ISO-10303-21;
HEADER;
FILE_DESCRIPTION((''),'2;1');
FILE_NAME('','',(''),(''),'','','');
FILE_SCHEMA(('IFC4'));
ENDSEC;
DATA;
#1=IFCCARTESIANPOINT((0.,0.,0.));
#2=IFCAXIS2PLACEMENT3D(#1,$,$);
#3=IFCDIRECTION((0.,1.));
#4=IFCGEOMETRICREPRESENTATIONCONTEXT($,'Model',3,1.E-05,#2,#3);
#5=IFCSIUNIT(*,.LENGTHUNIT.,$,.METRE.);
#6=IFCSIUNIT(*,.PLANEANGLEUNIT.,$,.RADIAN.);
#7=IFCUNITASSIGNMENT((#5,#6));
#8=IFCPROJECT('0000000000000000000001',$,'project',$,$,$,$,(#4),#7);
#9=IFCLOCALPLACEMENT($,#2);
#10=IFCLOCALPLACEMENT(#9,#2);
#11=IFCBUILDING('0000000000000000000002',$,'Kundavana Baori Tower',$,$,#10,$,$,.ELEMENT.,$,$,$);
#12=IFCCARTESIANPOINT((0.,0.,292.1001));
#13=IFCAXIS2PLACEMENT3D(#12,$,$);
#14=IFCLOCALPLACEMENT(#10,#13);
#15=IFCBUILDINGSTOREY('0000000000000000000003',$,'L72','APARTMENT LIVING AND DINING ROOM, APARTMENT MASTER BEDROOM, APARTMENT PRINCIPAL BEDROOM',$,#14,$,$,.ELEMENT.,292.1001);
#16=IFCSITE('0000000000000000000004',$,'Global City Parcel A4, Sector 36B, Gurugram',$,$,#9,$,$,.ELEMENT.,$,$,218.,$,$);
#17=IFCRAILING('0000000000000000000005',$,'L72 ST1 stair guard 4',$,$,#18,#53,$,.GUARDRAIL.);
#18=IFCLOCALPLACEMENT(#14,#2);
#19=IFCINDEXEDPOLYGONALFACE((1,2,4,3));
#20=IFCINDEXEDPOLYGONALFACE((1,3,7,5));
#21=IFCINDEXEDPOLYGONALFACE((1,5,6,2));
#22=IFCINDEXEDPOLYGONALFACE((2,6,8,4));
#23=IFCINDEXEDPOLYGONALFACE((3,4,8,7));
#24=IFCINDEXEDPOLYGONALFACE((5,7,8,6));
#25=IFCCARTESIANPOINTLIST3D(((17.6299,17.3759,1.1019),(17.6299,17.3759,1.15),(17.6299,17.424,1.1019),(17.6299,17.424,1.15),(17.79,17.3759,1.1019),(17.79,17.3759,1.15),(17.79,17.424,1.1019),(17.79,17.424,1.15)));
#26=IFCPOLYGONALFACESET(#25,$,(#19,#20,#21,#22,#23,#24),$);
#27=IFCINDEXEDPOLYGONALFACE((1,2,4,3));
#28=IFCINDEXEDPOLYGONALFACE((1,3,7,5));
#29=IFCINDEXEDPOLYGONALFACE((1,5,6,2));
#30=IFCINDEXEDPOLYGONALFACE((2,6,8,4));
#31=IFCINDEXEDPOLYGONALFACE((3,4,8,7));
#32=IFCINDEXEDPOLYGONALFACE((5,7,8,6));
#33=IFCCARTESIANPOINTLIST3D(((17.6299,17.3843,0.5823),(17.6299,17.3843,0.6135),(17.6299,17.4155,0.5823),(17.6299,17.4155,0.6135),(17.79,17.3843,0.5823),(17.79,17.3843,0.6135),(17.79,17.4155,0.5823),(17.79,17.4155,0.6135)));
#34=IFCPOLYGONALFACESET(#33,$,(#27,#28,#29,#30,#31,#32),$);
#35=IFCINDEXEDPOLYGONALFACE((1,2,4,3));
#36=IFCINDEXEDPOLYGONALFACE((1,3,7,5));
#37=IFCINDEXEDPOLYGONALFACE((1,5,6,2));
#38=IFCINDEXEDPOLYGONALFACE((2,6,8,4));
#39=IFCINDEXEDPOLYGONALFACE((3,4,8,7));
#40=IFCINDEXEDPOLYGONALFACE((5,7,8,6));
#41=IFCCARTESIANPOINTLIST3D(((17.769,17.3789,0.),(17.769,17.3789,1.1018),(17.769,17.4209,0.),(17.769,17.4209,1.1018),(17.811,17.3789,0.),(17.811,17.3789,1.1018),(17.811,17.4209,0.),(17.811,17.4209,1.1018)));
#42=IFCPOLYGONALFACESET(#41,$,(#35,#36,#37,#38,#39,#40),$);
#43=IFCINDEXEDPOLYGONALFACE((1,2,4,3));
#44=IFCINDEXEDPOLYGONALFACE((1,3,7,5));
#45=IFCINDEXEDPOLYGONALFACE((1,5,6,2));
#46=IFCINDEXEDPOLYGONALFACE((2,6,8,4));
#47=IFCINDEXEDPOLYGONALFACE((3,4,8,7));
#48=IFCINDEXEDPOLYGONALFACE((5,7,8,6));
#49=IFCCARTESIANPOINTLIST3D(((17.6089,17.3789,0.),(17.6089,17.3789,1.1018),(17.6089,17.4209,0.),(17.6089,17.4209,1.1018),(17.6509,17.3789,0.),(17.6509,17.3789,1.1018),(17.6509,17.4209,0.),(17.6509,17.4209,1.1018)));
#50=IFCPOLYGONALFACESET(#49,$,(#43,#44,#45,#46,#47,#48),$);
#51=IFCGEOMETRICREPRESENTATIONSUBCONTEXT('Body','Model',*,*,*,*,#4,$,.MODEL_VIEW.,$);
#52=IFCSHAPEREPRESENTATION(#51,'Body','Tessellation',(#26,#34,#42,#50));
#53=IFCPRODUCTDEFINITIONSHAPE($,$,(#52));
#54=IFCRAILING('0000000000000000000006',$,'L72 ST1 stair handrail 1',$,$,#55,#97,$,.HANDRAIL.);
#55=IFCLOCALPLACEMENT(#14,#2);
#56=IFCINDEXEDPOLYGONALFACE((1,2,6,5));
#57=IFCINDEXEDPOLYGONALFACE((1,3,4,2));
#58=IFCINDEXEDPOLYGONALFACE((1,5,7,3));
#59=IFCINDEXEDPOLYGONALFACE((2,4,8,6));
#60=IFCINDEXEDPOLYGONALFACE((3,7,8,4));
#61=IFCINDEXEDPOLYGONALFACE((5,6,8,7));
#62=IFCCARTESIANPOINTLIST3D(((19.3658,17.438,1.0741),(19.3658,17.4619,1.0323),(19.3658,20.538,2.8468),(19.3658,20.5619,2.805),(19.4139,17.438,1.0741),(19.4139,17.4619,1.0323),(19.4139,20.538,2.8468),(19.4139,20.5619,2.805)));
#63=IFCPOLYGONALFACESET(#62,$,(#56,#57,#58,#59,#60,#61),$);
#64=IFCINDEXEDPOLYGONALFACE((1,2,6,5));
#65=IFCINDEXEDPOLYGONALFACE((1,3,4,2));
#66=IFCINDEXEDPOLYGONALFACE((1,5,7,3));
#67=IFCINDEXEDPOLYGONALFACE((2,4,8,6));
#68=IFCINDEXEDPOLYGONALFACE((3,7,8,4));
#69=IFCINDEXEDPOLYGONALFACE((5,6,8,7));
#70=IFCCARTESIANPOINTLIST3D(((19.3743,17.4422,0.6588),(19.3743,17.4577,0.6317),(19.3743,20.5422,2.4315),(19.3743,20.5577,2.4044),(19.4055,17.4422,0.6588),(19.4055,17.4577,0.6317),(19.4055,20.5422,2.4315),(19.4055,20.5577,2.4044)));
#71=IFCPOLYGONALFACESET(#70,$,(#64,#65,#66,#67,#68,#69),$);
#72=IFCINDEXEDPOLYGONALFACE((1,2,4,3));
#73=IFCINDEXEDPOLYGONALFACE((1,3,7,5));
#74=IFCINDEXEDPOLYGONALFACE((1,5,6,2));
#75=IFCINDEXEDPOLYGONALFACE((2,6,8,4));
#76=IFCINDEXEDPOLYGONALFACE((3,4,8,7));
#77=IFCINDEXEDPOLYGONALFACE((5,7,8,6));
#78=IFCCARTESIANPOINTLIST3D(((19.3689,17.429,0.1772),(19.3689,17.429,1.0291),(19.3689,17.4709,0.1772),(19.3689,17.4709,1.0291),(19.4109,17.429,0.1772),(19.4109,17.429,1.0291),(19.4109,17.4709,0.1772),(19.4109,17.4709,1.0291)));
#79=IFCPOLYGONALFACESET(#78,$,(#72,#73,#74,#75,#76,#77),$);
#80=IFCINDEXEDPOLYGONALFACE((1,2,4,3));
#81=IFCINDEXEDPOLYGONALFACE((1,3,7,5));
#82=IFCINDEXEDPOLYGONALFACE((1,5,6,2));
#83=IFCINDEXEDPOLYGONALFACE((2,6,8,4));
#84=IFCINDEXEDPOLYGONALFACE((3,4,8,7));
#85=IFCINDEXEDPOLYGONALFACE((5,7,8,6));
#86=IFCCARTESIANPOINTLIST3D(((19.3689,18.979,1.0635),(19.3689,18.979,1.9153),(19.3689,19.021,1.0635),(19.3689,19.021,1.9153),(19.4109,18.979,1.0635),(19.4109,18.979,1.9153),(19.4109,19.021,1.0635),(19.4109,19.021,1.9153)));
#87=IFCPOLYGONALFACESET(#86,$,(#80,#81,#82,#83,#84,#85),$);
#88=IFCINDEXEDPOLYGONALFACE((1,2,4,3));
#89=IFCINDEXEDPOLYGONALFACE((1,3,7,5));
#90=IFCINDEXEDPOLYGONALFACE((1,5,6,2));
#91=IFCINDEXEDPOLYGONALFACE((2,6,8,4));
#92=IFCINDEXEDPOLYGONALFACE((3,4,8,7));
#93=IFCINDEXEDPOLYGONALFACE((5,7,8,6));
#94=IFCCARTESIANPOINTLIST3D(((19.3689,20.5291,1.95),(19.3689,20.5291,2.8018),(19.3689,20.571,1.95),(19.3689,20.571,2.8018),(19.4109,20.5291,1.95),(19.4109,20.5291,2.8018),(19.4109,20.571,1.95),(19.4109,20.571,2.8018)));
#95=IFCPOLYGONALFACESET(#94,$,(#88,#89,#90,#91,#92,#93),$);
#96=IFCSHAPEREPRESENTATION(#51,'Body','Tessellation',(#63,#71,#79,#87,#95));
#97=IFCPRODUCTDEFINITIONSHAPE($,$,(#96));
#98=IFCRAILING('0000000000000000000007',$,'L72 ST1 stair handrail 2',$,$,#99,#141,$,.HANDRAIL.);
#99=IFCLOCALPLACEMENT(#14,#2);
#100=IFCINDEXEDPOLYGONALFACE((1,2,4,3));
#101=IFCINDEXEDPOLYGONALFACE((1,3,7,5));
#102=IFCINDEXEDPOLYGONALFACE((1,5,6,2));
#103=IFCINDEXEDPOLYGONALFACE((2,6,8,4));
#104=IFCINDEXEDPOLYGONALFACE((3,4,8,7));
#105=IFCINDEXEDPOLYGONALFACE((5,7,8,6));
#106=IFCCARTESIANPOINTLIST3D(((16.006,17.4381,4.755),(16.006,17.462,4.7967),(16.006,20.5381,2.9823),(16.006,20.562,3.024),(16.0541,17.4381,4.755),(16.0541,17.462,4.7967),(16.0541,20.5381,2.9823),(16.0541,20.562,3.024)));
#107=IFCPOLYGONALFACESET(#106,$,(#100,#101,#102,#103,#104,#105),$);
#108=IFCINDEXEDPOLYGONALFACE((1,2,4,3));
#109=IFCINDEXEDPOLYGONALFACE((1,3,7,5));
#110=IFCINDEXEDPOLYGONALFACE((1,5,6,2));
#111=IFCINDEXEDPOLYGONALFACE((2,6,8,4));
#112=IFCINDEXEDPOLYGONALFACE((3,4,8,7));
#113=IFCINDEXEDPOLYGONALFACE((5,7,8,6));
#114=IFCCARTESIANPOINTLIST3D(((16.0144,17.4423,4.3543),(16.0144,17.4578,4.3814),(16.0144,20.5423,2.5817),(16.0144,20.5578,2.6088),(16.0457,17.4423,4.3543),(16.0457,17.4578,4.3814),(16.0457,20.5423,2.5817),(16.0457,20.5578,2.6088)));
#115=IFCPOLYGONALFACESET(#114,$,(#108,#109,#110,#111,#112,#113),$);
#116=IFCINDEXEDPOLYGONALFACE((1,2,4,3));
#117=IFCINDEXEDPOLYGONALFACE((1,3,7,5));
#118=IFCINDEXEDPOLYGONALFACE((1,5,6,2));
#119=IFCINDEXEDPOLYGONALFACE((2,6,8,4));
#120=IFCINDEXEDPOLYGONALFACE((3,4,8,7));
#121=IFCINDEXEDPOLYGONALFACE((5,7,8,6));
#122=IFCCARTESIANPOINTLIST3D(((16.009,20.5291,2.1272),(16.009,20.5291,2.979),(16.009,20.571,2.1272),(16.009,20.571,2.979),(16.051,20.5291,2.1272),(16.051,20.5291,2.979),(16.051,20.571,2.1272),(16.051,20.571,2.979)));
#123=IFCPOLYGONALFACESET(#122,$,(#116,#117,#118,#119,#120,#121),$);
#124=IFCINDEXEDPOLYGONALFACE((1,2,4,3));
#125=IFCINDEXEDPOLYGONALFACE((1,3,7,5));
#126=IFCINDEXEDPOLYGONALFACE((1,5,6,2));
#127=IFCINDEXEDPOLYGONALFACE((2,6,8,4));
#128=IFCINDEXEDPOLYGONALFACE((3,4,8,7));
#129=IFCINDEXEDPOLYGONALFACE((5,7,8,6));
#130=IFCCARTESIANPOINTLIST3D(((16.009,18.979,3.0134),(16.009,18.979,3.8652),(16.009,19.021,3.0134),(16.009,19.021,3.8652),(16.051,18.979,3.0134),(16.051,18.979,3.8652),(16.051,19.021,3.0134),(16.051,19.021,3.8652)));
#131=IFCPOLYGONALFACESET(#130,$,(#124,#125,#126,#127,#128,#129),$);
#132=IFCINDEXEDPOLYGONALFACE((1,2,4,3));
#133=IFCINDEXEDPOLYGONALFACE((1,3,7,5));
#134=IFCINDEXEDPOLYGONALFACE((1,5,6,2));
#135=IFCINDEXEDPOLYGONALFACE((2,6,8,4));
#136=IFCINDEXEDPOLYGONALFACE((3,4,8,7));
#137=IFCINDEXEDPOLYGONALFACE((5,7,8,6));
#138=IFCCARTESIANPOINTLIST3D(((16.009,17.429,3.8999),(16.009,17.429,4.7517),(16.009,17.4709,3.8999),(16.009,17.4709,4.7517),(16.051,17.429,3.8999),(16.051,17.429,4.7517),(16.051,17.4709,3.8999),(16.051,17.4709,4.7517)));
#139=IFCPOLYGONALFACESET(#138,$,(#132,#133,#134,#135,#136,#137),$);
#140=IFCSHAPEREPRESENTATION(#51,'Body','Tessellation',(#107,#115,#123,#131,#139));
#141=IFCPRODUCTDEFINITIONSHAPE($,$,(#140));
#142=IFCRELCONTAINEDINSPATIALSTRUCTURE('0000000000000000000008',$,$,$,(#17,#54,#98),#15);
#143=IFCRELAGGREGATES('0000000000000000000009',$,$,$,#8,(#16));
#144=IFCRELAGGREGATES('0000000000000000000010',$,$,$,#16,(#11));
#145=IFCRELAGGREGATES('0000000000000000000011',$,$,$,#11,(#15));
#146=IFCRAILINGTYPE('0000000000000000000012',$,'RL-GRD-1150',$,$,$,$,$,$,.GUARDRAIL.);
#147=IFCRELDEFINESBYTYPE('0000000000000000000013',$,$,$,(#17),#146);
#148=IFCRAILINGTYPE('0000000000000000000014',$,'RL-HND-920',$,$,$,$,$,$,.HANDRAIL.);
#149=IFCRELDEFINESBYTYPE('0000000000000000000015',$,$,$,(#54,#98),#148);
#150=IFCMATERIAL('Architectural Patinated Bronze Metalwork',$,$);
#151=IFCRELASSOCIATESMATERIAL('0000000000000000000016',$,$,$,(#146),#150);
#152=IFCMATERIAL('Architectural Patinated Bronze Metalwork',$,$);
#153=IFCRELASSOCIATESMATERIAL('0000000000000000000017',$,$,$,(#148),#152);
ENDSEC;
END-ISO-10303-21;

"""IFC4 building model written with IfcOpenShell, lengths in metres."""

from ifc_helpers import new_model, si_unit, direction, frame, origin, origin_2d, place, context, subcontext, project, spatial, rectangle, extrude, material, type_object, element, save


model = new_model("IFC4")

# Units and contexts
model_context = context("Model", 3, precision=1e-05, world=origin(), true_north=direction((0.0, 1.0)))
body_context = subcontext(model_context, "Body", "Model", "MODEL_VIEW")
ifc_project = project(units=[si_unit("LENGTHUNIT", "METRE"), si_unit("PLANEANGLEUNIT", "RADIAN")], contexts=[model_context])

# Site, building, storey
site_placement = place(None, origin())
site = spatial("IfcSite", under=ifc_project, at=site_placement, Name="Global City Parcel A4, Sector 36B, Gurugram", CompositionType="ELEMENT", RefElevation=218.0)
building_placement = place(site_placement, origin())
building = spatial("IfcBuilding", under=site, at=building_placement, Name="Kundavana Baori Tower", CompositionType="ELEMENT")
storey_placement = place(building_placement, frame((0.0, 0.0, 292.1001)))
storey = spatial("IfcBuildingStorey", under=building, at=storey_placement, Name="L72", Description="APARTMENT LIVING AND DINING ROOM, APARTMENT MASTER BEDROOM, APARTMENT PRINCIPAL BEDROOM", CompositionType="ELEMENT", Elevation=292.1001)

# Railings
ifc_material_1 = material(Name="Architectural Patinated Bronze Metalwork")
railing_type_1 = type_object("IfcRailingType", Name="RL-GRD-1150", PredefinedType="GUARDRAIL", material=ifc_material_1)
railing_1_placement = place(storey_placement, frame((17.79, 17.3999, 0.0)))
element("IfcRailing", 1, at=railing_1_placement, inside=storey, type_object=railing_type_1, Name="L72 ST1 stair guard 4", PredefinedType="GUARDRAIL", context=body_context, shape_type="SweptSolid", body=[
    extrude(rectangle(XDim=0.0481, YDim=0.0481, at=origin_2d()), frame((0.0, 0.0, 1.126), z_axis=(-1.0, 0.0, 0.0), x_axis=(0.0, -1.0, 0.0)), (0.0, 0.0, 1.0), 0.1602),
    extrude(rectangle(XDim=0.0312, YDim=0.0312, at=origin_2d()), frame((0.0, 0.0, 0.5979), z_axis=(-1.0, 0.0, 0.0), x_axis=(0.0, -1.0, 0.0)), (0.0, 0.0, 1.0), 0.1602),
    extrude(rectangle(XDim=0.042, YDim=0.042, at=origin_2d()), origin(), (0.0, 0.0, 1.0), 1.1018),
    extrude(rectangle(XDim=0.042, YDim=0.042, at=origin_2d()), frame((-0.1602, 0.0, 0.0)), (0.0, 0.0, 1.0), 1.1018),
])
ifc_material_2 = material(Name="Architectural Patinated Bronze Metalwork")
railing_type_2 = type_object("IfcRailingType", Name="RL-HND-920", PredefinedType="HANDRAIL", material=ifc_material_2)
railing_2_placement = place(storey_placement, frame((19.3899, 17.45, 0.1772)))
element("IfcRailing", 2, at=railing_2_placement, inside=storey, type_object=railing_type_2, Name="L72 ST1 stair handrail 1", PredefinedType="HANDRAIL", context=body_context, shape_type="SweptSolid", body=[
    extrude(rectangle(XDim=0.0481, YDim=0.0481, at=origin_2d()), frame((0.0, 0.0, 0.876), z_axis=(0.0, 0.868096, 0.496397), x_axis=(-1.0, 0.0, 0.0)), (0.0, 0.0, 1.0), 3.571),
    extrude(rectangle(XDim=0.0312, YDim=0.0312, at=origin_2d()), frame((0.0, 0.0, 0.468), z_axis=(0.0, 0.868096, 0.496397), x_axis=(-1.0, 0.0, 0.0)), (0.0, 0.0, 1.0), 3.571),
    extrude(rectangle(XDim=0.042, YDim=0.042, at=origin_2d()), origin(), (0.0, 0.0, 1.0), 0.8518),
    extrude(rectangle(XDim=0.042, YDim=0.042, at=origin_2d()), frame((0.0, 1.55, 0.8862)), (0.0, 0.0, 1.0), 0.8518),
    extrude(rectangle(XDim=0.042, YDim=0.042, at=origin_2d()), frame((0.0, 3.1001, 1.7727)), (0.0, 0.0, 1.0), 0.8518),
])
railing_3_placement = place(storey_placement, frame((16.03, 20.55, 2.1272)))
element("IfcRailing", 3, at=railing_3_placement, inside=storey, type_object=railing_type_2, Name="L72 ST1 stair handrail 2", PredefinedType="HANDRAIL", context=body_context, shape_type="SweptSolid", body=[
    extrude(rectangle(XDim=0.0481, YDim=0.0481, at=origin_2d()), frame((0.0, 0.0, 0.876), z_axis=(0.0, -0.868096, 0.496397), x_axis=(1.0, 0.0, 0.0)), (0.0, 0.0, 1.0), 3.571),
    extrude(rectangle(XDim=0.0312, YDim=0.0312, at=origin_2d()), frame((0.0, 0.0, 0.468), z_axis=(0.0, -0.868096, 0.496397), x_axis=(1.0, 0.0, 0.0)), (0.0, 0.0, 1.0), 3.571),
    extrude(rectangle(XDim=0.042, YDim=0.042, at=origin_2d()), origin(), (0.0, 0.0, 1.0), 0.8518),
    extrude(rectangle(XDim=0.042, YDim=0.042, at=origin_2d()), frame((0.0, -1.55, 0.8862)), (0.0, 0.0, 1.0), 0.8518),
    extrude(rectangle(XDim=0.042, YDim=0.042, at=origin_2d()), frame((0.0, -3.1001, 1.7727)), (0.0, 0.0, 1.0), 0.8518),
])

save(model, "model.ifc")
